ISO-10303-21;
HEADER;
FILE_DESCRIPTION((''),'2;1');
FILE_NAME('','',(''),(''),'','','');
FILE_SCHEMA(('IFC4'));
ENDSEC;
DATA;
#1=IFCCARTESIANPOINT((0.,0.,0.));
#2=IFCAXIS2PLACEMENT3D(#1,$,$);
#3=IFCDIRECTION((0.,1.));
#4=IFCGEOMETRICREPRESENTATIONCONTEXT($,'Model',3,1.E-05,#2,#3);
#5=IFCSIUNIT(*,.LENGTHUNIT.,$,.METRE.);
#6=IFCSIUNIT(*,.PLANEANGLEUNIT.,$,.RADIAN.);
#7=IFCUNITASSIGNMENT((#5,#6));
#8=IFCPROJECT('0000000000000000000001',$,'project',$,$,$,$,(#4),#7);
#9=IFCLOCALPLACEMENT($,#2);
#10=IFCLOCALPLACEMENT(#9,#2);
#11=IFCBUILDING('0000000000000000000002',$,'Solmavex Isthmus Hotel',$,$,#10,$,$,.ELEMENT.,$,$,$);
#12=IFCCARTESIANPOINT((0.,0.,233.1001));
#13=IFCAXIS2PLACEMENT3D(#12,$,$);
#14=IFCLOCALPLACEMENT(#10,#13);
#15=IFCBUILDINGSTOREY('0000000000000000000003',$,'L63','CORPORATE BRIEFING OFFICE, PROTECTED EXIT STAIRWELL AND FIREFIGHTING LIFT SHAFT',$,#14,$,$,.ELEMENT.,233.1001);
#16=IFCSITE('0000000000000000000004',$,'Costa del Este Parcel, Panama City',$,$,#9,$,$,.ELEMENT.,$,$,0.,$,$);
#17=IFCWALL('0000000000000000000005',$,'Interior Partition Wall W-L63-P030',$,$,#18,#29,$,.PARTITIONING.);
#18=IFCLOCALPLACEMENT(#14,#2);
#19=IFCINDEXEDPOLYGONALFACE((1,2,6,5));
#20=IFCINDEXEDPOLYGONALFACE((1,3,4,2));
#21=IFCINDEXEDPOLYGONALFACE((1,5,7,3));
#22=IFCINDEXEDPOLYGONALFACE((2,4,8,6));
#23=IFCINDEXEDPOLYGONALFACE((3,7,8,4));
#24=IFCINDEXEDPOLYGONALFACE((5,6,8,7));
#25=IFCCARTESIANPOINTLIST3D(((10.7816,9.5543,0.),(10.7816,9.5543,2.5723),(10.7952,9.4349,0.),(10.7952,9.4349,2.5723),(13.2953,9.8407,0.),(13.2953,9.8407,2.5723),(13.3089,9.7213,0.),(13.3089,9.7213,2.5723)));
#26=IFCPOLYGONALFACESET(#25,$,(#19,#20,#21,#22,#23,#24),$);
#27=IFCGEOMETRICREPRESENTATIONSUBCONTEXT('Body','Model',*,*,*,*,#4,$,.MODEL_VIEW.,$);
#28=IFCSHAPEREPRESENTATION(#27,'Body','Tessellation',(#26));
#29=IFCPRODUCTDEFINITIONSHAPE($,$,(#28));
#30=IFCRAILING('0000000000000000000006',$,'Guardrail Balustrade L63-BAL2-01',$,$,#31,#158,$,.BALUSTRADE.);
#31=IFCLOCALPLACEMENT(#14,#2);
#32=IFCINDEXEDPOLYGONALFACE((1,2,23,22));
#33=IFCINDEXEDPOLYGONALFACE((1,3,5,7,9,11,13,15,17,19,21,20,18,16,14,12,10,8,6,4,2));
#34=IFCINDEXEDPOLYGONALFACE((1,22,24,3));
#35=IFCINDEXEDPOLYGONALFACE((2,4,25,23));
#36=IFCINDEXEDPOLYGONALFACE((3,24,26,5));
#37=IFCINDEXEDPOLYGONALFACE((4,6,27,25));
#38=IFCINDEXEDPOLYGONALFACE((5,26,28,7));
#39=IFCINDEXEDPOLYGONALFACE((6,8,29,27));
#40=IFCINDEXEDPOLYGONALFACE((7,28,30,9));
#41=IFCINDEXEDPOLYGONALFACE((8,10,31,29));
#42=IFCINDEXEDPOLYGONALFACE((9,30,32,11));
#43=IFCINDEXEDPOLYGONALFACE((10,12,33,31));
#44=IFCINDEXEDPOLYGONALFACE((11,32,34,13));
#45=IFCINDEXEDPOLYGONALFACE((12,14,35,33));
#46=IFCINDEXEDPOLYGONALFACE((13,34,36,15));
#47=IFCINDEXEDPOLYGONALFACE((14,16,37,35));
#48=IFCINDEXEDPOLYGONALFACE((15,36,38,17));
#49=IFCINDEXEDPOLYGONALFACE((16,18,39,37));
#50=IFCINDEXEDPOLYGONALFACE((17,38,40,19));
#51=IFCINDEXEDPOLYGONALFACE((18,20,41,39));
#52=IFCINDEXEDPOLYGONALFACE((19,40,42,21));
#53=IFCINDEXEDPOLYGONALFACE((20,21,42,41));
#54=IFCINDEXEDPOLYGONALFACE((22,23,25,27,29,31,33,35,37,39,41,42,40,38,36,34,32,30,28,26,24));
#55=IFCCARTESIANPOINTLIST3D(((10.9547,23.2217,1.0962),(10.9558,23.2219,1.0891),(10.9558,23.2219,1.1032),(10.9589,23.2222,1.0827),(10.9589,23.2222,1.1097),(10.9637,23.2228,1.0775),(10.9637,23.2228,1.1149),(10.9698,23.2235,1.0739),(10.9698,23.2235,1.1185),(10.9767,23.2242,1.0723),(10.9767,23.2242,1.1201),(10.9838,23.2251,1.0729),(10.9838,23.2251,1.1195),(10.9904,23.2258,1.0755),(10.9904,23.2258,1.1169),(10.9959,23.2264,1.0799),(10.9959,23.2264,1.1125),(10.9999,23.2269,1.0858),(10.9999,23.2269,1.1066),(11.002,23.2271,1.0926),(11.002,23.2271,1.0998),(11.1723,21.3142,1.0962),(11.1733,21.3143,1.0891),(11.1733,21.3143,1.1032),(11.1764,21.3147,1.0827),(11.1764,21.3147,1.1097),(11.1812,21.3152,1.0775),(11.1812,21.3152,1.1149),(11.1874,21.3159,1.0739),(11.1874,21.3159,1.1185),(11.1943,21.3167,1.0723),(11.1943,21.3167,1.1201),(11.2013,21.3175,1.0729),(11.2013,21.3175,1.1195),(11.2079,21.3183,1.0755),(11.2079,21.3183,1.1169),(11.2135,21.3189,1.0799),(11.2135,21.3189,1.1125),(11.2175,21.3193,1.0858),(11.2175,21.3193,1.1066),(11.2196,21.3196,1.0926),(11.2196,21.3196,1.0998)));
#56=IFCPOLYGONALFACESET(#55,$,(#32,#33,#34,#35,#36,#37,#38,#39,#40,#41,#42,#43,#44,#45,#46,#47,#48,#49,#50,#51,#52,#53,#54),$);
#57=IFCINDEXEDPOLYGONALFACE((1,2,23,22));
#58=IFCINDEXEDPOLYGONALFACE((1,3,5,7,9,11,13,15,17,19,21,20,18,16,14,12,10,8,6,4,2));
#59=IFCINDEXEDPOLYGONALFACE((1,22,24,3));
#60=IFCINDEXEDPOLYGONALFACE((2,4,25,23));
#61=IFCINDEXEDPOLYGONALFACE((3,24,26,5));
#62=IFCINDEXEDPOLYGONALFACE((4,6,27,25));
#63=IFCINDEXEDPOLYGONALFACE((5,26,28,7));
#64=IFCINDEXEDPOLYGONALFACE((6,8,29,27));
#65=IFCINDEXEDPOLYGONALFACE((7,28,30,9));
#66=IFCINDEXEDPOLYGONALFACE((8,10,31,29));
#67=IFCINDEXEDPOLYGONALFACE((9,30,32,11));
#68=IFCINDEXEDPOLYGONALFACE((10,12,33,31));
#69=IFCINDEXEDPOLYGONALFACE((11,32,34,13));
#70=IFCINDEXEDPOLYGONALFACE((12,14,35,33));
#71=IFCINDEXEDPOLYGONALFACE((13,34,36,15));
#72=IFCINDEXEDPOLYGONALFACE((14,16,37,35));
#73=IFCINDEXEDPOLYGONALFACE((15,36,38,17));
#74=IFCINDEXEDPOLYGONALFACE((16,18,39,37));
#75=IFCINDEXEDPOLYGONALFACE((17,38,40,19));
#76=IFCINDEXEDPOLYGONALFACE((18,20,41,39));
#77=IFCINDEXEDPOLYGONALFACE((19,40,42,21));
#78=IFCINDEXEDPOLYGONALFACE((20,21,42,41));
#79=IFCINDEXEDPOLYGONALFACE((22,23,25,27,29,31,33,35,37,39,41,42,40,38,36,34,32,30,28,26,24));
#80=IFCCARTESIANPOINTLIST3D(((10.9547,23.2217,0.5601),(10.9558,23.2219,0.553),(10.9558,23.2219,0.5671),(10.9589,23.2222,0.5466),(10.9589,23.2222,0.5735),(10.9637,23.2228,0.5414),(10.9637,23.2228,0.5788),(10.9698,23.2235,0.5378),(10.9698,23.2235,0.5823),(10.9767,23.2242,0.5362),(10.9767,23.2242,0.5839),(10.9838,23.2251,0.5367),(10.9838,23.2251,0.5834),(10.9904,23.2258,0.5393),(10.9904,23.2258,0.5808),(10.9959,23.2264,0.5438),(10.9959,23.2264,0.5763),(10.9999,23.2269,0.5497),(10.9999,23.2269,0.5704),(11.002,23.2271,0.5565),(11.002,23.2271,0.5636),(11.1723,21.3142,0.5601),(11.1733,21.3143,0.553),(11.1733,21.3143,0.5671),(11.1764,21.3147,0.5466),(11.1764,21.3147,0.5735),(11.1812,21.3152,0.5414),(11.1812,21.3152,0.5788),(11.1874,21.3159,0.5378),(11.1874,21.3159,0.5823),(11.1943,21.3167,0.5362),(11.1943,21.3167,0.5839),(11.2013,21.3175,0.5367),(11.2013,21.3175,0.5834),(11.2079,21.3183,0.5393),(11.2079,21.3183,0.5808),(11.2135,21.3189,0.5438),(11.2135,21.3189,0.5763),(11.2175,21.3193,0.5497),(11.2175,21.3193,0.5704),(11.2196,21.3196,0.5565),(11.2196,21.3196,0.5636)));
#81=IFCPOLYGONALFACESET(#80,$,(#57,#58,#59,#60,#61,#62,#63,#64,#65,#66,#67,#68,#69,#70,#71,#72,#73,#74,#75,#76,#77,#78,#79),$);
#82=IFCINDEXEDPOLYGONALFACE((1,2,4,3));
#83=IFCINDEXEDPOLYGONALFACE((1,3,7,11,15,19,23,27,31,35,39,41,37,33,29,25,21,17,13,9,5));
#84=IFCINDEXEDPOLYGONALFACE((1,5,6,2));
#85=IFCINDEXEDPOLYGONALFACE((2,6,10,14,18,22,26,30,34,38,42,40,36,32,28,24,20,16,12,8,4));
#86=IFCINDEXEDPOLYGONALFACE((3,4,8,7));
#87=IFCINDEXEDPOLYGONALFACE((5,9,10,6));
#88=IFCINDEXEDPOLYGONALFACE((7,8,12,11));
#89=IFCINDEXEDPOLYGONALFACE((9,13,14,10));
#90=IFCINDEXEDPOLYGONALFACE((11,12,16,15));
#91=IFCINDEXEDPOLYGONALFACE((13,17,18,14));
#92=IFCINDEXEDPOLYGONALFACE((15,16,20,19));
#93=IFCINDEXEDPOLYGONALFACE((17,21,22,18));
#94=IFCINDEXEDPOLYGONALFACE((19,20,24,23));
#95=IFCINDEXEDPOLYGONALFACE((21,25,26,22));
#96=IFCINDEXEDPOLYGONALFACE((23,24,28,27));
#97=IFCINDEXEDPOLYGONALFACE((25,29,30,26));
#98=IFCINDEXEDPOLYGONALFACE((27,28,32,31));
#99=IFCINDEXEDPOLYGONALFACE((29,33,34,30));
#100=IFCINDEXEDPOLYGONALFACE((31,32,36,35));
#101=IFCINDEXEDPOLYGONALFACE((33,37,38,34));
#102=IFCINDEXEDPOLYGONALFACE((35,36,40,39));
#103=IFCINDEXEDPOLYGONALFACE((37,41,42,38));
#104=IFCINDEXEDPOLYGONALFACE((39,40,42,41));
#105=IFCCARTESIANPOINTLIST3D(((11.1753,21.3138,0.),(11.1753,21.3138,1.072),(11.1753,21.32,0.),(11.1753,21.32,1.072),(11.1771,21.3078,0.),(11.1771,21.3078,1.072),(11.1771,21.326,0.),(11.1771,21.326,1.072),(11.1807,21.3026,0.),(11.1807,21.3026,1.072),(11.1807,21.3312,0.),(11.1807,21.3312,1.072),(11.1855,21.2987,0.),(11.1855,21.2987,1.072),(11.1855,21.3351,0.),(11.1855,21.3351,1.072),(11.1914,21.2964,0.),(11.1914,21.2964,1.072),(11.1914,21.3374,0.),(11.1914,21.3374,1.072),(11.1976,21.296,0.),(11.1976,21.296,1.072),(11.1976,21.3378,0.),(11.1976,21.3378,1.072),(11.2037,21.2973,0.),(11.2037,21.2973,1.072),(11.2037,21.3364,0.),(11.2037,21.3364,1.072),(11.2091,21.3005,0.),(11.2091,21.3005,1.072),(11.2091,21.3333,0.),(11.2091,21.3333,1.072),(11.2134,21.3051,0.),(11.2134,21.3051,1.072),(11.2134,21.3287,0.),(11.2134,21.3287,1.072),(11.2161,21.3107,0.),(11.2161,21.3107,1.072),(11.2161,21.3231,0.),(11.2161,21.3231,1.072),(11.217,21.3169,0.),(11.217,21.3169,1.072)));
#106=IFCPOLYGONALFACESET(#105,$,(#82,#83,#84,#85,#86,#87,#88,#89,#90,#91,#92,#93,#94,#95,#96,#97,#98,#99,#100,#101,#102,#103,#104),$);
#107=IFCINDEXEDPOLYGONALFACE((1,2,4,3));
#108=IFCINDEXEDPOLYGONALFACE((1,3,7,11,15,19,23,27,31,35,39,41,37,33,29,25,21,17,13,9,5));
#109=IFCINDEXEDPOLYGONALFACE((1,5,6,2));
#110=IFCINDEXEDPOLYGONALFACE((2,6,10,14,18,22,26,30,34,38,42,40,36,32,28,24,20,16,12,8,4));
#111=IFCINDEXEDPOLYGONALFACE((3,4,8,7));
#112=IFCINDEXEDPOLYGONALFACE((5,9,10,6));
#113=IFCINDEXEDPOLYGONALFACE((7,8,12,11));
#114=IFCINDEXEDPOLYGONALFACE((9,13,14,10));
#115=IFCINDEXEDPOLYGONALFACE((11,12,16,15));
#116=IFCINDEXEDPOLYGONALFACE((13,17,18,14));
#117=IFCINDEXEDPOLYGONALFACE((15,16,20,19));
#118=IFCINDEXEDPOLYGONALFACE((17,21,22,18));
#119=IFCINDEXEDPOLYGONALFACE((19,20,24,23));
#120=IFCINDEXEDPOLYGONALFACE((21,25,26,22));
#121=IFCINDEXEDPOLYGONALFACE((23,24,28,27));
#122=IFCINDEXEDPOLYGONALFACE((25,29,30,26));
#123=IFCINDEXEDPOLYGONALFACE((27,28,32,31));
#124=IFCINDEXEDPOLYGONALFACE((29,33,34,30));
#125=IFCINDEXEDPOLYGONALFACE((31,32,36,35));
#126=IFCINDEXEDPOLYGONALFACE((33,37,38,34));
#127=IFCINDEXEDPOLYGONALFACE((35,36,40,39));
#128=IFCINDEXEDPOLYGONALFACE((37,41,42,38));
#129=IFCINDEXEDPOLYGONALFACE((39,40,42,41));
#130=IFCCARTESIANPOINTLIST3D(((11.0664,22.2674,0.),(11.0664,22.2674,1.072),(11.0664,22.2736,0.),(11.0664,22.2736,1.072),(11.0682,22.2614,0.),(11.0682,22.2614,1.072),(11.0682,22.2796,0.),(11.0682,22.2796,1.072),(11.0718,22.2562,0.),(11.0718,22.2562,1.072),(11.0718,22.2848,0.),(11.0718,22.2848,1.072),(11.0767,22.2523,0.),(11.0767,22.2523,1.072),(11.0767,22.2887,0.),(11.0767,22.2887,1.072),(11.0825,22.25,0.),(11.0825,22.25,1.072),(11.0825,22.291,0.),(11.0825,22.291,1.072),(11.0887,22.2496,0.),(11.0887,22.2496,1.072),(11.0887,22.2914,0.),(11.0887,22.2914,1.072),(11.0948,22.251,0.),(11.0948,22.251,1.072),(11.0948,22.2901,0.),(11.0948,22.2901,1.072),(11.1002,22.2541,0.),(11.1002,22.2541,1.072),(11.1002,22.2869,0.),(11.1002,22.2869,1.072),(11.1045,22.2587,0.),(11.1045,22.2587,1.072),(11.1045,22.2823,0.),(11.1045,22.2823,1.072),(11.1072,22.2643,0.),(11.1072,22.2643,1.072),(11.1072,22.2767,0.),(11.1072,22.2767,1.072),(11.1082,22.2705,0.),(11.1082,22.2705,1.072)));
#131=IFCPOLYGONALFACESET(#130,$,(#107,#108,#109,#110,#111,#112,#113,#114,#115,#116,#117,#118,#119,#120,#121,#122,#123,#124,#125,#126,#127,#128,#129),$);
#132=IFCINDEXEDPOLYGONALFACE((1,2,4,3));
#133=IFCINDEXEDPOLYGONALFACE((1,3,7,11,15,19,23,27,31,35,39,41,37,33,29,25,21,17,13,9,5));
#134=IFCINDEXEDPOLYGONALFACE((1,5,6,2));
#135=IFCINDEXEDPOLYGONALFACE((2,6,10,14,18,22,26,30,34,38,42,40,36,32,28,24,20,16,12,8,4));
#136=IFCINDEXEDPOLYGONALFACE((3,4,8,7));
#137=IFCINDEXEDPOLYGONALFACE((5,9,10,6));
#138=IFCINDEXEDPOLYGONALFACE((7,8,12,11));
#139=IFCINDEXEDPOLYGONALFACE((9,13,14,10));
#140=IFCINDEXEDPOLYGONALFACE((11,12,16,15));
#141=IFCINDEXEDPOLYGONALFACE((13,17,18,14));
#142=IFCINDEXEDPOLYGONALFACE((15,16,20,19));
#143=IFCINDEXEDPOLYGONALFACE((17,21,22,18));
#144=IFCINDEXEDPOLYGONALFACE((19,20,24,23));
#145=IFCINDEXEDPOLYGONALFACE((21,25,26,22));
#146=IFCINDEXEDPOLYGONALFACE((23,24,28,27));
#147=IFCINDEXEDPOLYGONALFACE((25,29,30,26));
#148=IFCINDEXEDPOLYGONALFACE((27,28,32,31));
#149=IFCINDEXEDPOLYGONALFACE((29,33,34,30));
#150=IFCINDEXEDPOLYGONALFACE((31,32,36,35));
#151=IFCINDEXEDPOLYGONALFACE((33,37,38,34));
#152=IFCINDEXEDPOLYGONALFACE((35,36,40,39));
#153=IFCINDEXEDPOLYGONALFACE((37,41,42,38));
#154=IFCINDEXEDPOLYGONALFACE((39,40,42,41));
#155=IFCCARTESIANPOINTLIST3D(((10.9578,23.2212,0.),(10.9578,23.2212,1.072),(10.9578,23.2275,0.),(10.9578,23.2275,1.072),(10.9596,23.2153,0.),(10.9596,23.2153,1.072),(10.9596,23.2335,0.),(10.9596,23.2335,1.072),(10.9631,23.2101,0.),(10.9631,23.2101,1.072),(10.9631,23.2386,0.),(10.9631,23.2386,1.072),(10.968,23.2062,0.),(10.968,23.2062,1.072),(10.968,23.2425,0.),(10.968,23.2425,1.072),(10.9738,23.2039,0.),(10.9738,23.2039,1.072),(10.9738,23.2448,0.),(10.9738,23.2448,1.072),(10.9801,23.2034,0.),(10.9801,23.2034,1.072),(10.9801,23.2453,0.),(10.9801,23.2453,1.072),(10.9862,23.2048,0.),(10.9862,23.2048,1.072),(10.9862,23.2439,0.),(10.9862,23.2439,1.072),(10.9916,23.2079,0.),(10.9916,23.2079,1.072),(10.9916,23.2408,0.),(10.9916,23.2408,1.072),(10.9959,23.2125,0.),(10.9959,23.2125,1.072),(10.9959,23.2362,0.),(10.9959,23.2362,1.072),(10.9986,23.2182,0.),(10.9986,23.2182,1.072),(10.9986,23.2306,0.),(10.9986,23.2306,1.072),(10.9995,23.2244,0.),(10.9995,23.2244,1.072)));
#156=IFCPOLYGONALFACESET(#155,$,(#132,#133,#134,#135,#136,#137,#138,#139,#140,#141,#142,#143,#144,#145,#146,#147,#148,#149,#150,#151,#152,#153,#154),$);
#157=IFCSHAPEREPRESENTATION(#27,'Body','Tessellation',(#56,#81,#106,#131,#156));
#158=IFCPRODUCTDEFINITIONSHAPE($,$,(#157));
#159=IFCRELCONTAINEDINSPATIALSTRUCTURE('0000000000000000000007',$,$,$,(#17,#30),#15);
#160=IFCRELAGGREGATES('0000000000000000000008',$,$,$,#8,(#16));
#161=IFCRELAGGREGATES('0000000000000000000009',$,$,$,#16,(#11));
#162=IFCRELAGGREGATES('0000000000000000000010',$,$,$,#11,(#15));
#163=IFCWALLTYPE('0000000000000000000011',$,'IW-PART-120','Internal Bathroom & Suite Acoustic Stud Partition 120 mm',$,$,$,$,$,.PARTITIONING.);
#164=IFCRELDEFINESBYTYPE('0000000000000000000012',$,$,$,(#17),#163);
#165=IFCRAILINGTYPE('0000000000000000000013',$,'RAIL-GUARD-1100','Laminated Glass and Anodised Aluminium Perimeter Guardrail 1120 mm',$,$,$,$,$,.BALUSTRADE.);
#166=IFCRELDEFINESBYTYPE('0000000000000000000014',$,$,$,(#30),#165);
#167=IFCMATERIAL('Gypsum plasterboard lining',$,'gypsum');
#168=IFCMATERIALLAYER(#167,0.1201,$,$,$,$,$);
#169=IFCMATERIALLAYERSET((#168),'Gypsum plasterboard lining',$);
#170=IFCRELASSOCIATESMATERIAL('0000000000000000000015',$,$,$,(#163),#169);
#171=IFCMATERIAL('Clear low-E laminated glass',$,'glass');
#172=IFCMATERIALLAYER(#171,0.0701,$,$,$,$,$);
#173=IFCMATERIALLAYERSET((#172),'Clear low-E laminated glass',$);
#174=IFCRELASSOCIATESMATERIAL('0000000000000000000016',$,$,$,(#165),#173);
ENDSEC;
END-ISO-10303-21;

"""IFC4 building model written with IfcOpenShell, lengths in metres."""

from ifc_helpers import new_model, si_unit, direction, frame, frame_2d, origin, origin_2d, place, context, subcontext, project, spatial, rectangle, circle, extrude, material, layer, layer_set, type_object, element, save


model = new_model("IFC4")

# Units and contexts
model_context = context("Model", 3, precision=1e-05, world=origin(), true_north=direction((0.0, 1.0)))
body_context = subcontext(model_context, "Body", "Model", "MODEL_VIEW")
ifc_project = project(units=[si_unit("LENGTHUNIT", "METRE"), si_unit("PLANEANGLEUNIT", "RADIAN")], contexts=[model_context])

# Site, building, storey
site_placement = place(None, origin())
site = spatial("IfcSite", under=ifc_project, at=site_placement, Name="Costa del Este Parcel, Panama City", CompositionType="ELEMENT", RefElevation=0.0)
building_placement = place(site_placement, origin())
building = spatial("IfcBuilding", under=site, at=building_placement, Name="Solmavex Isthmus Hotel", CompositionType="ELEMENT")
storey_placement = place(building_placement, frame((0.0, 0.0, 233.1001)))
storey = spatial("IfcBuildingStorey", under=building, at=storey_placement, Name="L63", Description="CORPORATE BRIEFING OFFICE, PROTECTED EXIT STAIRWELL AND FIREFIGHTING LIFT SHAFT", CompositionType="ELEMENT", Elevation=233.1001)

# Shared definitions
ifc_material_1 = material(Name="Clear low-E laminated glass", Category="glass")

# Shared definitions
ifc_material_2 = material(Name="Gypsum plasterboard lining", Category="gypsum")

# Wall
ifc_layer_1 = layer(ifc_material_2, 0.1201)
ifc_layer_set_1 = layer_set([ifc_layer_1], Name="Gypsum plasterboard lining")
wall_type_1 = type_object("IfcWallType", Name="IW-PART-120", Description="Internal Bathroom & Suite Acoustic Stud Partition 120 mm", PredefinedType="PARTITIONING", material=ifc_layer_set_1)
wall_1_placement = place(storey_placement, frame((13.3022, 9.781, 0.0), z_axis=(0.0, 0.0, 1.0), x_axis=(-0.993573, -0.113195, 0.0)))
element("IfcWall", 1, at=wall_1_placement, inside=storey, type_object=wall_type_1, Name="Interior Partition Wall W-L63-P030", PredefinedType="PARTITIONING", context=body_context, shape_type="SweptSolid", body=[
    extrude(rectangle(XDim=2.53, YDim=0.1201, at=frame_2d((1.2651, 0.0))), origin(), (0.0, 0.0, 1.0), 2.5723),
])

# Railing
ifc_layer_2 = layer(ifc_material_1, 0.0701)
ifc_layer_set_2 = layer_set([ifc_layer_2], Name="Clear low-E laminated glass")
railing_type = type_object("IfcRailingType", Name="RAIL-GUARD-1100", Description="Laminated Glass and Anodised Aluminium Perimeter Guardrail 1120 mm", PredefinedType="BALUSTRADE", material=ifc_layer_set_2)
railing_1_placement = place(storey_placement, frame((11.196, 21.3169, 0.0)))
element("IfcRailing", 2, at=railing_1_placement, inside=storey, type_object=railing_type, Name="Guardrail Balustrade L63-BAL2-01", PredefinedType="BALUSTRADE", context=body_context, shape_type="SweptSolid", body=[
    extrude(circle(Radius=0.0239, at=origin_2d()), frame((0.0, 0.0, 1.0962), z_axis=(-0.113306, 0.99356, 0.0), x_axis=(-0.99356, -0.113306, 0.0)), (0.0, 0.0, 1.0), 1.9199),
    extrude(circle(Radius=0.0239, at=origin_2d()), frame((0.0, 0.0, 0.5601), z_axis=(-0.113306, 0.99356, 0.0), x_axis=(-0.99356, -0.113306, 0.0)), (0.0, 0.0, 1.0), 1.9199),
    extrude(circle(Radius=0.021, at=origin_2d()), origin(), (0.0, 0.0, 1.0), 1.072),
    extrude(circle(Radius=0.021, at=origin_2d()), frame((-0.1089, 0.9536, 0.0)), (0.0, 0.0, 1.0), 1.072),
    extrude(circle(Radius=0.021, at=origin_2d()), frame((-0.2175, 1.9075, 0.0)), (0.0, 0.0, 1.0), 1.072),
])

save(model, "model.ifc")
